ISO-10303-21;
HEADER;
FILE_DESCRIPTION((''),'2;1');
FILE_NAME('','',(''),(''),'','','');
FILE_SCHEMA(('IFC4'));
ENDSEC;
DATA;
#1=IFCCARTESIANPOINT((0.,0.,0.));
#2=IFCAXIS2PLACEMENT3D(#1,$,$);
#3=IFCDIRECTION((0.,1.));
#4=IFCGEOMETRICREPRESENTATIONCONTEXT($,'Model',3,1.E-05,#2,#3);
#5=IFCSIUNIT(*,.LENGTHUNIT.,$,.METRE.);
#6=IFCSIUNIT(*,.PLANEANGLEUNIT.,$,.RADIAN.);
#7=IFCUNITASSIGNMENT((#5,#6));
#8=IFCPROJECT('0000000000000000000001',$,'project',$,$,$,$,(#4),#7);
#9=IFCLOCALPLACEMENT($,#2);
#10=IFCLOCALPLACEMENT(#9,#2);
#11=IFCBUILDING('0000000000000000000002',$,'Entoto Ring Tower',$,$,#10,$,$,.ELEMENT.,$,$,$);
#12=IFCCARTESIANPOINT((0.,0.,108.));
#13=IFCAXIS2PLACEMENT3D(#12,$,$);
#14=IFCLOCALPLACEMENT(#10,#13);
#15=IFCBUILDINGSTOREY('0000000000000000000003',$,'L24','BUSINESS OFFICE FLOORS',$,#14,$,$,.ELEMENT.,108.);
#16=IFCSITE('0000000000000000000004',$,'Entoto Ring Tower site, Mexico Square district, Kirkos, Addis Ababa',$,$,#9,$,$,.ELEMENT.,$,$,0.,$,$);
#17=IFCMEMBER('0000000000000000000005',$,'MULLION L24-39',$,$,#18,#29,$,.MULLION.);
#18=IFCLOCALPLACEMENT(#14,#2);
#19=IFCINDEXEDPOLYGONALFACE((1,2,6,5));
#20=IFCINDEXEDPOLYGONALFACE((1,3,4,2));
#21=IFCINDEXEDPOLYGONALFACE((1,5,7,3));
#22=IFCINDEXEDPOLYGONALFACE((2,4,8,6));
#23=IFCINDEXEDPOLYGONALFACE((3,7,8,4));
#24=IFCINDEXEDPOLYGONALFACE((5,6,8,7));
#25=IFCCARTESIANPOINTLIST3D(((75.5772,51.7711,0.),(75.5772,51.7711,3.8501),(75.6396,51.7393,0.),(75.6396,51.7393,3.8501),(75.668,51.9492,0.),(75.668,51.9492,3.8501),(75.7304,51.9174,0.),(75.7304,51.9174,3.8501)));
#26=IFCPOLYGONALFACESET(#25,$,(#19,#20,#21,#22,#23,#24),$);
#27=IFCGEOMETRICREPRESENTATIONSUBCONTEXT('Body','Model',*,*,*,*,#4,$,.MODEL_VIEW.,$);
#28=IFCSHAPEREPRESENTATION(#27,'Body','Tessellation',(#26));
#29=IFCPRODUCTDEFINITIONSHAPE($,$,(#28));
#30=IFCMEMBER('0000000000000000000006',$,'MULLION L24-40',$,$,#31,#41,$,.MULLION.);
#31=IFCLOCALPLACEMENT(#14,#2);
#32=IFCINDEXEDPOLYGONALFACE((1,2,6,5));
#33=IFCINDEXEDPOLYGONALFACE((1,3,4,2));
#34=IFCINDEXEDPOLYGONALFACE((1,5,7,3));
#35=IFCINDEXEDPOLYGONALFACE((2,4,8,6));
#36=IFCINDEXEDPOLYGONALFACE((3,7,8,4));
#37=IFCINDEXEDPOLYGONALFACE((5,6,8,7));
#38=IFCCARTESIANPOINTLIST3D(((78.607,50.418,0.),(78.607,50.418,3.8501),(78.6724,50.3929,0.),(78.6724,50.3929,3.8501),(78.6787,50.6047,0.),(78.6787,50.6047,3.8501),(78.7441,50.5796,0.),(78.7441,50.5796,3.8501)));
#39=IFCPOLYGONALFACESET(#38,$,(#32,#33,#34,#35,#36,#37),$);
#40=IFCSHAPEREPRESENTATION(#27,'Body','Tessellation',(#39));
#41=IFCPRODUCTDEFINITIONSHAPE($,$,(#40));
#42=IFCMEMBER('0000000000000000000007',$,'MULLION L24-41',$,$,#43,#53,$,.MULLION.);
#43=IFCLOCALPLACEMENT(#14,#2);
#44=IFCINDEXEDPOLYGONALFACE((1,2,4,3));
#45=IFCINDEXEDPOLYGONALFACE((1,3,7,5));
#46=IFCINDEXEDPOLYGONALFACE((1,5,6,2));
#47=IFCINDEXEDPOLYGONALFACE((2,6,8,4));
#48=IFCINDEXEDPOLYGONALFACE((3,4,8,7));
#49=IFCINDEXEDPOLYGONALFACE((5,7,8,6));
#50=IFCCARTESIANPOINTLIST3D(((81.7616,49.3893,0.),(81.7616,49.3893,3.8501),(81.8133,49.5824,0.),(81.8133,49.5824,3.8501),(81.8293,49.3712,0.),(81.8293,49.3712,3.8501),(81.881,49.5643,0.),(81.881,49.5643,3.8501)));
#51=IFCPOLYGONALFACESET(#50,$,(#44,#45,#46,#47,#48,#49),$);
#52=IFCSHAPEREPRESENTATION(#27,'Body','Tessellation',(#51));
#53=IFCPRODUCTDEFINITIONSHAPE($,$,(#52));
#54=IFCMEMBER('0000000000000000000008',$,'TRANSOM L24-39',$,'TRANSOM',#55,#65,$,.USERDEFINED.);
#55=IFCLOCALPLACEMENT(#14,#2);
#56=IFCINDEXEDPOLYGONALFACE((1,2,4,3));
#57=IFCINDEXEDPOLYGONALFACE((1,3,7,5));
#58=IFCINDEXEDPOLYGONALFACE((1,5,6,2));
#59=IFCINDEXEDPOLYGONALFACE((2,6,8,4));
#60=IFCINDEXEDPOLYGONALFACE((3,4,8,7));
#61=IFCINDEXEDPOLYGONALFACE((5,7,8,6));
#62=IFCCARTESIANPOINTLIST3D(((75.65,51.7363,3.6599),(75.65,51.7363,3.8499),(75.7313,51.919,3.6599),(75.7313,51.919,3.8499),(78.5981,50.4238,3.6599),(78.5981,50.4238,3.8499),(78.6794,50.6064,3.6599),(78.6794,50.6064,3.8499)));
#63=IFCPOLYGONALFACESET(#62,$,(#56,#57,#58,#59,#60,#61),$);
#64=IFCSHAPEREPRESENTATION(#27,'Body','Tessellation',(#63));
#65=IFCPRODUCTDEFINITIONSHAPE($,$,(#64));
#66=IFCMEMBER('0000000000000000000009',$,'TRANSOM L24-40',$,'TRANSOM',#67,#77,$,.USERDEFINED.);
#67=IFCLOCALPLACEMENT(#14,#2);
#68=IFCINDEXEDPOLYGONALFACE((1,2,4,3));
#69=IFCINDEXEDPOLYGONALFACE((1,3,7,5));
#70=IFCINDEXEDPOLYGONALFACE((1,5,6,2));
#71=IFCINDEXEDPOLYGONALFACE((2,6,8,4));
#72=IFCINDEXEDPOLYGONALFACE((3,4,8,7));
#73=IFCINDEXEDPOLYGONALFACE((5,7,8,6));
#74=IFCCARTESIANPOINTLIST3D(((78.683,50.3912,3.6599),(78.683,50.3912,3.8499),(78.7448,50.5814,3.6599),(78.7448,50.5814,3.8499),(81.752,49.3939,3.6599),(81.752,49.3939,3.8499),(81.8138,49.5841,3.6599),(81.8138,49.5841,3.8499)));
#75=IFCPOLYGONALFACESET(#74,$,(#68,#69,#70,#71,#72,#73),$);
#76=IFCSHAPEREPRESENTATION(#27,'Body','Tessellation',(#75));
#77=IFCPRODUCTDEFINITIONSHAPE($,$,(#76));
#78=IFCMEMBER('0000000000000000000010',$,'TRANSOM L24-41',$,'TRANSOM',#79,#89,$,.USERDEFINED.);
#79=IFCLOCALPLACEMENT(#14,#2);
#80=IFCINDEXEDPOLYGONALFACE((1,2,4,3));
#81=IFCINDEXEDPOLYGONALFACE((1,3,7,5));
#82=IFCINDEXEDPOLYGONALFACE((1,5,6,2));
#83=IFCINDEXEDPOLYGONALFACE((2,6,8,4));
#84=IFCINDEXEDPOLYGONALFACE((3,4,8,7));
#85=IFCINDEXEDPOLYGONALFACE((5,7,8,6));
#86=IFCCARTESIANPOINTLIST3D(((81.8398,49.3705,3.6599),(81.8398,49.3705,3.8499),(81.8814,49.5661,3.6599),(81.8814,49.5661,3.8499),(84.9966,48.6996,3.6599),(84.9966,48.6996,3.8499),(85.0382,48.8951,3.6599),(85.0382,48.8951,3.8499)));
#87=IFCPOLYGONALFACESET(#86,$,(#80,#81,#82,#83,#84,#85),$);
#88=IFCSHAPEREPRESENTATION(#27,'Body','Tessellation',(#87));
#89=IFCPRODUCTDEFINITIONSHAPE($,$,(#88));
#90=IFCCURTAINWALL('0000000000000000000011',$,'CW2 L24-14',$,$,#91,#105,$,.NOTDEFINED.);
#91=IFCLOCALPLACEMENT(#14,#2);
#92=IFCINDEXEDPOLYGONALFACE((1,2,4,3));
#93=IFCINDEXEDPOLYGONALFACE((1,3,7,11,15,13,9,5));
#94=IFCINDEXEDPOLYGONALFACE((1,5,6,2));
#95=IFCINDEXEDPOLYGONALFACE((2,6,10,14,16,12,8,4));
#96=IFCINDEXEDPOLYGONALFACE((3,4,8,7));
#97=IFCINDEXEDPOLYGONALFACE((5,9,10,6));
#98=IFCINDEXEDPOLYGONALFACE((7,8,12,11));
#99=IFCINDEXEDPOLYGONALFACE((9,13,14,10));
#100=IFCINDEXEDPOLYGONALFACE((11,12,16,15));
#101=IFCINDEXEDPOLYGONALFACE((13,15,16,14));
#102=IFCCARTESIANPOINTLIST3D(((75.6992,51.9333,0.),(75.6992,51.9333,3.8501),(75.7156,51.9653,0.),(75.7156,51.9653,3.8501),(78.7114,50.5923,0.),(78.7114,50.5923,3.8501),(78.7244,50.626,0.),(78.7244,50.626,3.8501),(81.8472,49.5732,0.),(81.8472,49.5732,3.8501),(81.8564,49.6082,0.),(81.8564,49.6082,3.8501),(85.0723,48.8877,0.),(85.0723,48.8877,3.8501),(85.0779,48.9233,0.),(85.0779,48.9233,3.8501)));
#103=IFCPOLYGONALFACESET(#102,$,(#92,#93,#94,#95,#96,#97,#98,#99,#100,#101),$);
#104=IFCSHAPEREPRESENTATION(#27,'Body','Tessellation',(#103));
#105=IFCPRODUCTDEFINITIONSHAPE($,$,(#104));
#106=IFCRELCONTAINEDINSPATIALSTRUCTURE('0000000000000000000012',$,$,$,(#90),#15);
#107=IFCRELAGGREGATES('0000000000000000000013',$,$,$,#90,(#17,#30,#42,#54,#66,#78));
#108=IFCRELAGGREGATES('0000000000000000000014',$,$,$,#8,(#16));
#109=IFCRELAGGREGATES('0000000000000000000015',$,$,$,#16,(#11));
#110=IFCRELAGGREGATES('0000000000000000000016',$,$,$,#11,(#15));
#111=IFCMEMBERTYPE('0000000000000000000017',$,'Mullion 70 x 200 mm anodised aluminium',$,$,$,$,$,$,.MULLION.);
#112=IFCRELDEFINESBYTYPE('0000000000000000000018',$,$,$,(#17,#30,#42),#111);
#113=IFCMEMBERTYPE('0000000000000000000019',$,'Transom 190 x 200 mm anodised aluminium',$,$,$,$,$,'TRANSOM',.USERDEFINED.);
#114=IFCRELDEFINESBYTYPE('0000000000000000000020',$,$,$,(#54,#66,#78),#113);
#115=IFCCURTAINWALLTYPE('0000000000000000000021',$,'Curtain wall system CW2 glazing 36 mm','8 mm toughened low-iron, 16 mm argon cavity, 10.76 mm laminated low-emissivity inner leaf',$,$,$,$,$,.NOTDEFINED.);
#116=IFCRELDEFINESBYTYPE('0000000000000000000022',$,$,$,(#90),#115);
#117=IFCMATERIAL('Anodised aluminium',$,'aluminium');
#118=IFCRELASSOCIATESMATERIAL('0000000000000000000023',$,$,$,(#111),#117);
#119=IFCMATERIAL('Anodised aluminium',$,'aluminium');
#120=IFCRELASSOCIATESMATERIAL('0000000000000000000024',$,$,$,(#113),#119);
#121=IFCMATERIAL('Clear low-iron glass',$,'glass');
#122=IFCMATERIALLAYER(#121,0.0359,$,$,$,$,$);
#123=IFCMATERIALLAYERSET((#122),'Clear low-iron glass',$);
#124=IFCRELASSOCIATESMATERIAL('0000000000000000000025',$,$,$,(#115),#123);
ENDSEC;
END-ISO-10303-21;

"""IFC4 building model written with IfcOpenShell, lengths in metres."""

from ifc_helpers import new_model, si_unit, direction, frame, origin, origin_2d, place, context, subcontext, project, spatial, polyline, rectangle, outline, extrude, material, layer, layer_set, material_profile, profile_set, type_object, element, aggregate, save


model = new_model("IFC4")

# Units and contexts
model_context = context("Model", 3, precision=1e-05, world=origin(), true_north=direction((0.0, 1.0)))
body_context = subcontext(model_context, "Body", "Model", "MODEL_VIEW")
ifc_project = project(units=[si_unit("LENGTHUNIT", "METRE"), si_unit("PLANEANGLEUNIT", "RADIAN")], contexts=[model_context])

# Members
ifc_material_1 = material(Name="Anodised aluminium", Category="aluminium")
ifc_material_profile_1 = material_profile(ifc_material_1, rectangle(XDim=0.0701, YDim=0.2, at=origin_2d()), Name="Mullion 70 x 200 mm anodised aluminium")
ifc_profile_set_1 = profile_set([ifc_material_profile_1], Name="Anodised aluminium")
member_type_1 = type_object("IfcMemberType", Name="Mullion 70 x 200 mm anodised aluminium", PredefinedType="MULLION", material=ifc_profile_set_1)
site_placement = place(None, origin())
building_placement = place(site_placement, origin())
storey_placement = place(building_placement, frame((0.0, 0.0, 108.0)))
member_1_placement = place(storey_placement, frame((75.6538, 51.8442, 0.0), z_axis=(0.0, 0.0, 1.0), x_axis=(0.891007, -0.45399, 0.0)))
member_1 = element("IfcMember", 1, at=member_1_placement, type_object=member_type_1, Name="MULLION L24-39", PredefinedType="MULLION", context=body_context, shape_type="SweptSolid", body=[
    extrude(rectangle(XDim=0.0701, YDim=0.2, at=origin_2d()), origin(), (0.0, 0.0, 1.0), 3.8501),
])
member_2_placement = place(storey_placement, frame((78.6755, 50.4988, 0.0), z_axis=(0.0, 0.0, 1.0), x_axis=(0.93358, -0.358368, 0.0)))
member_2 = element("IfcMember", 2, at=member_2_placement, type_object=member_type_1, Name="MULLION L24-40", PredefinedType="MULLION", context=body_context, shape_type="SweptSolid", body=[
    extrude(rectangle(XDim=0.0701, YDim=0.2, at=origin_2d()), origin(), (0.0, 0.0, 1.0), 3.8501),
])
member_3_placement = place(storey_placement, frame((81.8213, 49.4768, 0.0), z_axis=(0.0, 0.0, 1.0), x_axis=(0.965926, -0.258819, 0.0)))
member_3 = element("IfcMember", 3, at=member_3_placement, type_object=member_type_1, Name="MULLION L24-41", PredefinedType="MULLION", context=body_context, shape_type="SweptSolid", body=[
    extrude(rectangle(XDim=0.0701, YDim=0.2, at=origin_2d()), origin(), (0.0, 0.0, 1.0), 3.8501),
])
ifc_material_2 = material(Name="Anodised aluminium", Category="aluminium")
ifc_material_profile_2 = material_profile(ifc_material_2, rectangle(XDim=0.2, YDim=0.1899, at=origin_2d()), Name="Transom 190 x 200 mm anodised aluminium")
ifc_profile_set_2 = profile_set([ifc_material_profile_2], Name="Anodised aluminium")
member_type_2 = type_object("IfcMemberType", Name="Transom 190 x 200 mm anodised aluminium", ElementType="TRANSOM", PredefinedType="USERDEFINED", material=ifc_profile_set_2)
member_4_placement = place(storey_placement, frame((75.6907, 51.8276, 3.7549), z_axis=(0.913549, -0.406728, 0.0), x_axis=(0.406728, 0.913549, 0.0)))
member_4 = element("IfcMember", 4, at=member_4_placement, type_object=member_type_2, Name="TRANSOM L24-39", ObjectType="TRANSOM", PredefinedType="USERDEFINED", context=body_context, shape_type="SweptSolid", body=[
    extrude(rectangle(XDim=0.2, YDim=0.1899, at=origin_2d()), origin(), (0.0, 0.0, 1.0), 3.2271),
])
member_5_placement = place(storey_placement, frame((78.7139, 50.4863, 3.7549), z_axis=(0.951047, -0.309047, 0.0), x_axis=(0.309047, 0.951047, 0.0)))
member_5 = element("IfcMember", 5, at=member_5_placement, type_object=member_type_2, Name="TRANSOM L24-40", ObjectType="TRANSOM", PredefinedType="USERDEFINED", context=body_context, shape_type="SweptSolid", body=[
    extrude(rectangle(XDim=0.2, YDim=0.1899, at=origin_2d()), origin(), (0.0, 0.0, 1.0), 3.2271),
])
member_6_placement = place(storey_placement, frame((81.8606, 49.4683, 3.7549), z_axis=(0.978153, -0.207886, 0.0), x_axis=(0.207886, 0.978153, 0.0)))
member_6 = element("IfcMember", 6, at=member_6_placement, type_object=member_type_2, Name="TRANSOM L24-41", ObjectType="TRANSOM", PredefinedType="USERDEFINED", context=body_context, shape_type="SweptSolid", body=[
    extrude(rectangle(XDim=0.2, YDim=0.1899, at=origin_2d()), origin(), (0.0, 0.0, 1.0), 3.2273),
])

# Site, building, storey
site = spatial("IfcSite", under=ifc_project, at=site_placement, Name="Entoto Ring Tower site, Mexico Square district, Kirkos, Addis Ababa", CompositionType="ELEMENT", RefElevation=0.0)
building = spatial("IfcBuilding", under=site, at=building_placement, Name="Entoto Ring Tower", CompositionType="ELEMENT")
storey = spatial("IfcBuildingStorey", under=building, at=storey_placement, Name="L24", Description="BUSINESS OFFICE FLOORS", CompositionType="ELEMENT", Elevation=108.0)

# Curtain wall
ifc_material_3 = material(Name="Clear low-iron glass", Category="glass")
ifc_layer = layer(ifc_material_3, 0.0359)
ifc_layer_set = layer_set([ifc_layer], Name="Clear low-iron glass")
curtain_wall_type = type_object("IfcCurtainWallType", Name="Curtain wall system CW2 glazing 36 mm", Description="8 mm toughened low-iron, 16 mm argon cavity, 10.76 mm laminated low-emissivity inner leaf", PredefinedType="NOTDEFINED", material=ifc_layer_set)
curtain_wall_1_placement = place(storey_placement, origin())
curtain_wall_1 = element("IfcCurtainWall", 7, at=curtain_wall_1_placement, inside=storey, type_object=curtain_wall_type, Name="CW2 L24-14", PredefinedType="NOTDEFINED", context=body_context, shape_type="SweptSolid", body=[
    extrude(outline(polyline([(75.6992, 51.9333), (78.7114, 50.5923), (81.8472, 49.5732), (85.0723, 48.8877), (85.0779, 48.9233), (81.8564, 49.6082), (78.7244, 50.626), (75.7156, 51.9653), (75.6992, 51.9333)])), origin(), (0.0, 0.0, 1.0), 3.8501),
])
aggregate(curtain_wall_1, [member_1, member_2, member_3, member_4, member_5, member_6])

save(model, "model.ifc")
